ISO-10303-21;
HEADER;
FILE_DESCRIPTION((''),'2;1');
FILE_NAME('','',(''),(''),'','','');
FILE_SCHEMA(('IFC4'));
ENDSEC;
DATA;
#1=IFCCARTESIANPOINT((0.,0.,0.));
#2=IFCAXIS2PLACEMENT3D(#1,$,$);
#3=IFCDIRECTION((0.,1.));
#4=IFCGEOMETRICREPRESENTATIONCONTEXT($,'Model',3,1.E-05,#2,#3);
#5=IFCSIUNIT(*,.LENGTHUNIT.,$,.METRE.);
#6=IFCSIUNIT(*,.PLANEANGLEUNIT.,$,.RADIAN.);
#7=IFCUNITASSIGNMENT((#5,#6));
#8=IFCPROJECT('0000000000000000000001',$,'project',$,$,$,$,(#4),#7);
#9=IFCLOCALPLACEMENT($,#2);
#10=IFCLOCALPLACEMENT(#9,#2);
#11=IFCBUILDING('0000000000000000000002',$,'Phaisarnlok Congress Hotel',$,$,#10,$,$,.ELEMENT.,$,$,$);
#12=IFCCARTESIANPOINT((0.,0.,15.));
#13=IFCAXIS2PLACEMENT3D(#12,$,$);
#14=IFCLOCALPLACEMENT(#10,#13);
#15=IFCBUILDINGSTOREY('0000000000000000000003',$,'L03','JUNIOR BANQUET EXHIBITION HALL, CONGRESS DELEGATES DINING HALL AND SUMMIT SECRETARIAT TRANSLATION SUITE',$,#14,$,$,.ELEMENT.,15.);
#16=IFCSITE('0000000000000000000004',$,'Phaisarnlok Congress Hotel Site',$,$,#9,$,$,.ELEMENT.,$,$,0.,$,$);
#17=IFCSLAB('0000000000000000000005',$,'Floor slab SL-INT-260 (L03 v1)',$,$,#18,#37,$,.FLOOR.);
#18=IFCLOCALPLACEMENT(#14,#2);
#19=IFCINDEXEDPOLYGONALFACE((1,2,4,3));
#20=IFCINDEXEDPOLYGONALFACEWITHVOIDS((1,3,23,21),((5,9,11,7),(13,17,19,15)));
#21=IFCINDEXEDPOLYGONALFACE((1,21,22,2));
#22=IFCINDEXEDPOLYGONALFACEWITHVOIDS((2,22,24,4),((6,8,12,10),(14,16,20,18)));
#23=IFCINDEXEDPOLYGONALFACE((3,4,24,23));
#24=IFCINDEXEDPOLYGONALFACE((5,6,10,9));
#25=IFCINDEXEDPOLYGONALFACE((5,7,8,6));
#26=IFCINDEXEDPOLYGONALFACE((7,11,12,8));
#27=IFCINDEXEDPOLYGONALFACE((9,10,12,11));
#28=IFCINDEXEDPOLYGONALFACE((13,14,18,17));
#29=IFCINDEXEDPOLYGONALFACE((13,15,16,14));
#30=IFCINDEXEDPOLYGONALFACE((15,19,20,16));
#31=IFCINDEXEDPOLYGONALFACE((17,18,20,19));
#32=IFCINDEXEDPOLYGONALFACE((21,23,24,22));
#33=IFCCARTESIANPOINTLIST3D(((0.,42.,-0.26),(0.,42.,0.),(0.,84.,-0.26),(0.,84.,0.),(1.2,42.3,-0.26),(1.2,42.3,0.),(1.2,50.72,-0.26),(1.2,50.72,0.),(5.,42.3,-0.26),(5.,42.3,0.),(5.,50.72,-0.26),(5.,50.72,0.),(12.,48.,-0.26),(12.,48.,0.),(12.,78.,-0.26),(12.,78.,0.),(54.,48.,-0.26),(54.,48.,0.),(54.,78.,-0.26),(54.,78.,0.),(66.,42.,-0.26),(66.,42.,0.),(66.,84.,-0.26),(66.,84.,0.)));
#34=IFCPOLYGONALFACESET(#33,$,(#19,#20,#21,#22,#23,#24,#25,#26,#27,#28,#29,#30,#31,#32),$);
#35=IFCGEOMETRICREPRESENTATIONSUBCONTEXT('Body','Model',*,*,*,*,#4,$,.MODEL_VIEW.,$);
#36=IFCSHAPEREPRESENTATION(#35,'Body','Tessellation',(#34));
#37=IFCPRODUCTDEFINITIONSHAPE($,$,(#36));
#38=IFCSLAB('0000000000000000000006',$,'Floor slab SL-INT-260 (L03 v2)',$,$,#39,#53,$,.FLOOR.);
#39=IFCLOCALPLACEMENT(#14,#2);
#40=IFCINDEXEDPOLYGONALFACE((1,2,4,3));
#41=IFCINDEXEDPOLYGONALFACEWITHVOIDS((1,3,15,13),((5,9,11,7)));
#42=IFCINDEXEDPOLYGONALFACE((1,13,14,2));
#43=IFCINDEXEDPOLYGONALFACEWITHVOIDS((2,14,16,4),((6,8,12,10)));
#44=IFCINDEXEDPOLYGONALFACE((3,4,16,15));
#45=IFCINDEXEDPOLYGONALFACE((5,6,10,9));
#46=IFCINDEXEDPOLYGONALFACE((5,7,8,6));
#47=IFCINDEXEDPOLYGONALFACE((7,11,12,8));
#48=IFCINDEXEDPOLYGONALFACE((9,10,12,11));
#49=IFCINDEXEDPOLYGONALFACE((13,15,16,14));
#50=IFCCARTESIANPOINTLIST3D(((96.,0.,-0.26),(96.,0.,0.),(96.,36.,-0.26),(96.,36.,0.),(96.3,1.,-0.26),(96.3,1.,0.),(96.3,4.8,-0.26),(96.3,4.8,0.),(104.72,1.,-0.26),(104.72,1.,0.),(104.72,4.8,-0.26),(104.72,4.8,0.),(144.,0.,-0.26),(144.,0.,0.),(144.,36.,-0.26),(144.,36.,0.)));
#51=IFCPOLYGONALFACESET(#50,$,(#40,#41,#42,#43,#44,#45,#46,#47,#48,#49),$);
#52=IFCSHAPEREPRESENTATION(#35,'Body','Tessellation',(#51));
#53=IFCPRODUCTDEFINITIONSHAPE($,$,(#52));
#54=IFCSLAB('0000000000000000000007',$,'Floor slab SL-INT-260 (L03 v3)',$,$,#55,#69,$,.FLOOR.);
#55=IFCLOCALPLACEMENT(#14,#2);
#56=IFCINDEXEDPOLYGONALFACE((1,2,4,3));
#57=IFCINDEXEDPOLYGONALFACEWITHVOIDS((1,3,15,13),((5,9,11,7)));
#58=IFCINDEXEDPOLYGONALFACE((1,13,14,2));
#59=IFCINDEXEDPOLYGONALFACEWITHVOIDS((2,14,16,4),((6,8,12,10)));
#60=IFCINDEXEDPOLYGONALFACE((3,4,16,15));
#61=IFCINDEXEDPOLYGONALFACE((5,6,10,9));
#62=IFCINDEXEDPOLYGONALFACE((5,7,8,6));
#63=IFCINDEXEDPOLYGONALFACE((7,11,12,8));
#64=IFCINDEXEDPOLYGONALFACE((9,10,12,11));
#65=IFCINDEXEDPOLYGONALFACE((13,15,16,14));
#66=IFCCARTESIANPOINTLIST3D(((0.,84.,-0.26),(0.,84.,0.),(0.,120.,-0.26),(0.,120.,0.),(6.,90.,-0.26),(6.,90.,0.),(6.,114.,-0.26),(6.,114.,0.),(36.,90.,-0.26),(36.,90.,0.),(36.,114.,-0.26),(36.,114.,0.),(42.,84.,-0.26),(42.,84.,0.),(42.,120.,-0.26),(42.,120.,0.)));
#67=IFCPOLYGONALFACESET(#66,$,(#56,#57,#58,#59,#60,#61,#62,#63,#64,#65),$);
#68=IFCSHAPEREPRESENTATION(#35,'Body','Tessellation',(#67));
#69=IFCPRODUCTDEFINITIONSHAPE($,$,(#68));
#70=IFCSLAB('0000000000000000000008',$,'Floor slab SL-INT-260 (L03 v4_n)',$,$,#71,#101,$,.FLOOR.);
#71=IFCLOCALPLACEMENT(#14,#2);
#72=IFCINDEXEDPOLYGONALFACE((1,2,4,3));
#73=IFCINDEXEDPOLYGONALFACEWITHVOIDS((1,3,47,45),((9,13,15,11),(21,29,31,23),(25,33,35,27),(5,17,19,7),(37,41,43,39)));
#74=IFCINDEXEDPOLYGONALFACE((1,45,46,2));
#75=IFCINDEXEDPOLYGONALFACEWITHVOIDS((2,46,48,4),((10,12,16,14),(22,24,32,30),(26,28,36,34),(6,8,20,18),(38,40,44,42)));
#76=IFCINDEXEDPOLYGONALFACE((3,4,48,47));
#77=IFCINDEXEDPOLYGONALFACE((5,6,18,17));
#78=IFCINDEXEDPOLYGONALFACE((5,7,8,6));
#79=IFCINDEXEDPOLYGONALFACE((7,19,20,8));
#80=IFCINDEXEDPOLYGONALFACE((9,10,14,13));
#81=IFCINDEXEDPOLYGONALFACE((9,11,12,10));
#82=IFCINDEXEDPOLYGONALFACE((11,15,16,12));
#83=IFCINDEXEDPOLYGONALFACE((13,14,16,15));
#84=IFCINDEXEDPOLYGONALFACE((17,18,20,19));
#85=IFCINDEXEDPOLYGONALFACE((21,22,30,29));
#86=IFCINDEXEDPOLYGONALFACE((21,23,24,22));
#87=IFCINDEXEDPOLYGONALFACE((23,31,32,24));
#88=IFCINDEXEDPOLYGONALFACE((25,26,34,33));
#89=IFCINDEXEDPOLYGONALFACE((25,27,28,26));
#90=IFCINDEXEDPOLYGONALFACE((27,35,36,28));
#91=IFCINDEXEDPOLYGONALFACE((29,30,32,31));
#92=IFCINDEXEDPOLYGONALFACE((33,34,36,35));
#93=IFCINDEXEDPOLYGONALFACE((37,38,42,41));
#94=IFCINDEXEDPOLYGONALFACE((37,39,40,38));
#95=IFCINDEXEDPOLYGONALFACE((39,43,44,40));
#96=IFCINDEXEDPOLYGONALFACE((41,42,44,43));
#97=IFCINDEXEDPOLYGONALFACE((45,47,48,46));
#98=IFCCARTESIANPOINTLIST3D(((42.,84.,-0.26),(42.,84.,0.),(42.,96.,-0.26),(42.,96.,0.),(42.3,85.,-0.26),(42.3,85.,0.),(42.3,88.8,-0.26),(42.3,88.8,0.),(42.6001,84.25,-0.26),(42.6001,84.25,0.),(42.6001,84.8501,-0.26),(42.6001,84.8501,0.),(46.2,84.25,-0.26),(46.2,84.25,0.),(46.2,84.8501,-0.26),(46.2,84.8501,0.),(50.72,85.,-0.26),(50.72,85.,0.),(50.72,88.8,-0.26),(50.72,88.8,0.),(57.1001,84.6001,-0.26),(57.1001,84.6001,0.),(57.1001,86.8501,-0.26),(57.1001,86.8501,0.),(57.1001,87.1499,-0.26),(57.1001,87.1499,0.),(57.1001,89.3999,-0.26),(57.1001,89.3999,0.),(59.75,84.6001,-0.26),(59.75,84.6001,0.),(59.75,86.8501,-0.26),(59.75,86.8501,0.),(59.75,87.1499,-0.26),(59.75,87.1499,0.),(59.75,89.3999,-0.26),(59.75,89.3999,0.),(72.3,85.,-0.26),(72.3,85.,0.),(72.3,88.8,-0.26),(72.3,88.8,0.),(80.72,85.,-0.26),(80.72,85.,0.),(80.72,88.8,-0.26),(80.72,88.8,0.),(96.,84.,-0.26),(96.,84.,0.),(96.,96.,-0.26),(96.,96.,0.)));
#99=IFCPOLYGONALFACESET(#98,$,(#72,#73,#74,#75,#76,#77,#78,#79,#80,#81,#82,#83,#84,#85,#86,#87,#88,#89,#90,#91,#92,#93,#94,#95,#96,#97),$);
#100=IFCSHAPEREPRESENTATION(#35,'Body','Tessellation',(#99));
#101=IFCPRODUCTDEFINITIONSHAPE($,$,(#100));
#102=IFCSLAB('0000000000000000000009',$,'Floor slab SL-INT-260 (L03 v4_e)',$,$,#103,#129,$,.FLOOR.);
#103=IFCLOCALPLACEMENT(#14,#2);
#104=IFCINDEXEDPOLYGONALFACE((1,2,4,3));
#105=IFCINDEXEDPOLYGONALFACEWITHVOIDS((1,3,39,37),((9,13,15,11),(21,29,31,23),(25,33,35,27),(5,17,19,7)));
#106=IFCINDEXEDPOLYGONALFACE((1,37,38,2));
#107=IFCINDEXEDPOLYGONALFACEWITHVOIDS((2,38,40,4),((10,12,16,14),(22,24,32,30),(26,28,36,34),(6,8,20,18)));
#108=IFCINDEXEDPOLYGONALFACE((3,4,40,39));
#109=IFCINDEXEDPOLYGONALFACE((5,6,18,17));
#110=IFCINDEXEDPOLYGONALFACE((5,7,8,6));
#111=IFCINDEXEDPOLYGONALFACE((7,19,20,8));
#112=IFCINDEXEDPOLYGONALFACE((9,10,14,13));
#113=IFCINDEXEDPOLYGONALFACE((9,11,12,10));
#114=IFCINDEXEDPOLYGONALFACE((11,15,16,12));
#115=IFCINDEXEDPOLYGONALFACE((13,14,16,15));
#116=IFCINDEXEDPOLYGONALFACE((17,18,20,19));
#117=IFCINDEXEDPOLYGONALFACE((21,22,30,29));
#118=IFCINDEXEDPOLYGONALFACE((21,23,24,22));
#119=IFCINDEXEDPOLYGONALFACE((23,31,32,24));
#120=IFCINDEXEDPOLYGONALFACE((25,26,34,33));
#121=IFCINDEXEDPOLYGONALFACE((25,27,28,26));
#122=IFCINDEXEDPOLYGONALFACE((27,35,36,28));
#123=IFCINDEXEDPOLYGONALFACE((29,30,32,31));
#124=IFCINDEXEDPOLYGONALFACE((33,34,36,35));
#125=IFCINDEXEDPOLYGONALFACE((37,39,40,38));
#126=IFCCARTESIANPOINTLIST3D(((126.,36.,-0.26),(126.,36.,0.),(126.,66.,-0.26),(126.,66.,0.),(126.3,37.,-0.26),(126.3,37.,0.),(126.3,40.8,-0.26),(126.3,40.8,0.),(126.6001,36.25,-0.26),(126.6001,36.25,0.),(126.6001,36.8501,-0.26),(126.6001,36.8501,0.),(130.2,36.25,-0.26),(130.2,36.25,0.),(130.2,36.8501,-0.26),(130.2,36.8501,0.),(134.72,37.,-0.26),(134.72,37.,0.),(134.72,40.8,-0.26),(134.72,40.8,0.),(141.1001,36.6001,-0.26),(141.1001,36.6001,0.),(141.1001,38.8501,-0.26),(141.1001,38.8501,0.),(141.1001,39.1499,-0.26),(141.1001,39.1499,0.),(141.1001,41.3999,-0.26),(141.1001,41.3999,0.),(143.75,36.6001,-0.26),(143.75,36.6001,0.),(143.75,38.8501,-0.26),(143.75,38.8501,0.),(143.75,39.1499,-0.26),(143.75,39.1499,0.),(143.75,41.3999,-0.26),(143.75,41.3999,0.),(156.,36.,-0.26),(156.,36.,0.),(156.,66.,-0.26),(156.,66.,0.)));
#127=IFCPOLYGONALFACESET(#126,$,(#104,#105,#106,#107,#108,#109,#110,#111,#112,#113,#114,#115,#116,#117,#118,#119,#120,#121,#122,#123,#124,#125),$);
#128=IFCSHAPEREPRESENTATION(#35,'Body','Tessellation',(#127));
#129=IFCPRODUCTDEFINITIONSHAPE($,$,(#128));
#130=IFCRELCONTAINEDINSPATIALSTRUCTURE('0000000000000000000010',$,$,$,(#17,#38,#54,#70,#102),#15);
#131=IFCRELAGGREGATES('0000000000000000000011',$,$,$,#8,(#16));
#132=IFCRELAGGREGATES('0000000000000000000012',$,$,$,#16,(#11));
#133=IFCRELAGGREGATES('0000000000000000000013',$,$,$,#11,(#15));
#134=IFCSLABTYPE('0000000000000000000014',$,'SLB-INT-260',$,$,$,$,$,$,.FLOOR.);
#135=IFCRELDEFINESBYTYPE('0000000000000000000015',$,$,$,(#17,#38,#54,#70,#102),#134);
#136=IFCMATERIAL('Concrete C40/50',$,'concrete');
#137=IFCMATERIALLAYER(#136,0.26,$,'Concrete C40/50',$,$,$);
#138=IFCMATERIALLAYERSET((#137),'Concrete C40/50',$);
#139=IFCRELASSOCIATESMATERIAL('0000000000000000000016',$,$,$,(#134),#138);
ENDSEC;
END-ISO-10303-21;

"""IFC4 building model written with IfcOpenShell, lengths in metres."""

from ifc_helpers import new_model, si_unit, direction, frame, origin, place, context, subcontext, project, spatial, polyline, outline, extrude, material, layer, layer_set, type_object, element, save


model = new_model("IFC4")

# Units and contexts
model_context = context("Model", 3, precision=1e-05, world=origin(), true_north=direction((0.0, 1.0)))
body_context = subcontext(model_context, "Body", "Model", "MODEL_VIEW")
ifc_project = project(units=[si_unit("LENGTHUNIT", "METRE"), si_unit("PLANEANGLEUNIT", "RADIAN")], contexts=[model_context])

# Site, building, storey
site_placement = place(None, origin())
site = spatial("IfcSite", under=ifc_project, at=site_placement, Name="Phaisarnlok Congress Hotel Site", CompositionType="ELEMENT", RefElevation=0.0)
building_placement = place(site_placement, origin())
building = spatial("IfcBuilding", under=site, at=building_placement, Name="Phaisarnlok Congress Hotel", CompositionType="ELEMENT")
storey_placement = place(building_placement, frame((0.0, 0.0, 15.0)))
storey = spatial("IfcBuildingStorey", under=building, at=storey_placement, Name="L03", Description="JUNIOR BANQUET EXHIBITION HALL, CONGRESS DELEGATES DINING HALL AND SUMMIT SECRETARIAT TRANSLATION SUITE", CompositionType="ELEMENT", Elevation=15.0)

# Slabs
ifc_material_1 = material(Name="Concrete C40/50", Category="concrete")
ifc_layer_1 = layer(ifc_material_1, 0.26, Name="Concrete C40/50")
ifc_layer_set_1 = layer_set([ifc_layer_1], Name="Concrete C40/50")
slab_type_1 = type_object("IfcSlabType", Name="SLB-INT-260", PredefinedType="FLOOR", material=ifc_layer_set_1)
slab_1_placement = place(storey_placement, frame((0.0, 0.0, -0.26)))
element("IfcSlab", 1, at=slab_1_placement, inside=storey, type_object=slab_type_1, Name="Floor slab SL-INT-260 (L03 v1)", PredefinedType="FLOOR", context=body_context, shape_type="SweptSolid", body=[
    extrude(outline(polyline([(66.0, 42.0), (66.0, 84.0), (0.0, 84.0), (0.0, 42.0), (66.0, 42.0)]), holes=[polyline([(12.0, 48.0), (54.0, 48.0), (54.0, 78.0), (12.0, 78.0), (12.0, 48.0)]), polyline([(1.2, 50.72), (1.2, 42.3), (5.0, 42.3), (5.0, 50.72), (1.2, 50.72)])]), origin(), (0.0, 0.0, 1.0), 0.26),
])
slab_2_placement = place(storey_placement, frame((0.0, 0.0, -0.26)))
element("IfcSlab", 2, at=slab_2_placement, inside=storey, type_object=slab_type_1, Name="Floor slab SL-INT-260 (L03 v2)", PredefinedType="FLOOR", context=body_context, shape_type="SweptSolid", body=[
    extrude(outline(polyline([(144.0, 0.0), (144.0, 36.0), (96.0, 36.0), (96.0, 0.0), (144.0, 0.0)]), holes=[polyline([(104.72, 4.8), (96.3, 4.8), (96.3, 1.0), (104.72, 1.0), (104.72, 4.8)])]), origin(), (0.0, 0.0, 1.0), 0.26),
])
slab_3_placement = place(storey_placement, frame((0.0, 0.0, -0.26)))
element("IfcSlab", 3, at=slab_3_placement, inside=storey, type_object=slab_type_1, Name="Floor slab SL-INT-260 (L03 v3)", PredefinedType="FLOOR", context=body_context, shape_type="SweptSolid", body=[
    extrude(outline(polyline([(42.0, 84.0), (42.0, 120.0), (0.0, 120.0), (0.0, 84.0), (42.0, 84.0)]), holes=[polyline([(6.0, 90.0), (36.0, 90.0), (36.0, 114.0), (6.0, 114.0), (6.0, 90.0)])]), origin(), (0.0, 0.0, 1.0), 0.26),
])
slab_4_placement = place(storey_placement, frame((0.0, 0.0, -0.26)))
element("IfcSlab", 4, at=slab_4_placement, inside=storey, type_object=slab_type_1, Name="Floor slab SL-INT-260 (L03 v4_n)", PredefinedType="FLOOR", context=body_context, shape_type="SweptSolid", body=[
    extrude(outline(polyline([(96.0, 84.0), (96.0, 96.0), (42.0, 96.0), (42.0, 84.0), (96.0, 84.0)]), holes=[polyline([(50.72, 88.8), (42.3, 88.8), (42.3, 85.0), (50.72, 85.0), (50.72, 88.8)]), polyline([(80.72, 88.8), (72.3, 88.8), (72.3, 85.0), (80.72, 85.0), (80.72, 88.8)]), polyline([(59.75, 84.6001), (59.75, 86.8501), (57.1001, 86.8501), (57.1001, 84.6001), (59.75, 84.6001)]), polyline([(59.75, 87.1499), (59.75, 89.3999), (57.1001, 89.3999), (57.1001, 87.1499), (59.75, 87.1499)]), polyline([(46.2, 84.25), (46.2, 84.8501), (42.6001, 84.8501), (42.6001, 84.25), (46.2, 84.25)])]), origin(), (0.0, 0.0, 1.0), 0.26),
])
slab_5_placement = place(storey_placement, frame((0.0, 0.0, -0.26)))
element("IfcSlab", 5, at=slab_5_placement, inside=storey, type_object=slab_type_1, Name="Floor slab SL-INT-260 (L03 v4_e)", PredefinedType="FLOOR", context=body_context, shape_type="SweptSolid", body=[
    extrude(outline(polyline([(156.0, 36.0), (156.0, 66.0), (126.0, 66.0), (126.0, 36.0), (156.0, 36.0)]), holes=[polyline([(134.72, 40.8), (126.3, 40.8), (126.3, 37.0), (134.72, 37.0), (134.72, 40.8)]), polyline([(143.75, 36.6001), (143.75, 38.8501), (141.1001, 38.8501), (141.1001, 36.6001), (143.75, 36.6001)]), polyline([(143.75, 39.1499), (143.75, 41.3999), (141.1001, 41.3999), (141.1001, 39.1499), (143.75, 39.1499)]), polyline([(130.2, 36.25), (130.2, 36.8501), (126.6001, 36.8501), (126.6001, 36.25), (130.2, 36.25)])]), origin(), (0.0, 0.0, 1.0), 0.26),
])

save(model, "model.ifc")
